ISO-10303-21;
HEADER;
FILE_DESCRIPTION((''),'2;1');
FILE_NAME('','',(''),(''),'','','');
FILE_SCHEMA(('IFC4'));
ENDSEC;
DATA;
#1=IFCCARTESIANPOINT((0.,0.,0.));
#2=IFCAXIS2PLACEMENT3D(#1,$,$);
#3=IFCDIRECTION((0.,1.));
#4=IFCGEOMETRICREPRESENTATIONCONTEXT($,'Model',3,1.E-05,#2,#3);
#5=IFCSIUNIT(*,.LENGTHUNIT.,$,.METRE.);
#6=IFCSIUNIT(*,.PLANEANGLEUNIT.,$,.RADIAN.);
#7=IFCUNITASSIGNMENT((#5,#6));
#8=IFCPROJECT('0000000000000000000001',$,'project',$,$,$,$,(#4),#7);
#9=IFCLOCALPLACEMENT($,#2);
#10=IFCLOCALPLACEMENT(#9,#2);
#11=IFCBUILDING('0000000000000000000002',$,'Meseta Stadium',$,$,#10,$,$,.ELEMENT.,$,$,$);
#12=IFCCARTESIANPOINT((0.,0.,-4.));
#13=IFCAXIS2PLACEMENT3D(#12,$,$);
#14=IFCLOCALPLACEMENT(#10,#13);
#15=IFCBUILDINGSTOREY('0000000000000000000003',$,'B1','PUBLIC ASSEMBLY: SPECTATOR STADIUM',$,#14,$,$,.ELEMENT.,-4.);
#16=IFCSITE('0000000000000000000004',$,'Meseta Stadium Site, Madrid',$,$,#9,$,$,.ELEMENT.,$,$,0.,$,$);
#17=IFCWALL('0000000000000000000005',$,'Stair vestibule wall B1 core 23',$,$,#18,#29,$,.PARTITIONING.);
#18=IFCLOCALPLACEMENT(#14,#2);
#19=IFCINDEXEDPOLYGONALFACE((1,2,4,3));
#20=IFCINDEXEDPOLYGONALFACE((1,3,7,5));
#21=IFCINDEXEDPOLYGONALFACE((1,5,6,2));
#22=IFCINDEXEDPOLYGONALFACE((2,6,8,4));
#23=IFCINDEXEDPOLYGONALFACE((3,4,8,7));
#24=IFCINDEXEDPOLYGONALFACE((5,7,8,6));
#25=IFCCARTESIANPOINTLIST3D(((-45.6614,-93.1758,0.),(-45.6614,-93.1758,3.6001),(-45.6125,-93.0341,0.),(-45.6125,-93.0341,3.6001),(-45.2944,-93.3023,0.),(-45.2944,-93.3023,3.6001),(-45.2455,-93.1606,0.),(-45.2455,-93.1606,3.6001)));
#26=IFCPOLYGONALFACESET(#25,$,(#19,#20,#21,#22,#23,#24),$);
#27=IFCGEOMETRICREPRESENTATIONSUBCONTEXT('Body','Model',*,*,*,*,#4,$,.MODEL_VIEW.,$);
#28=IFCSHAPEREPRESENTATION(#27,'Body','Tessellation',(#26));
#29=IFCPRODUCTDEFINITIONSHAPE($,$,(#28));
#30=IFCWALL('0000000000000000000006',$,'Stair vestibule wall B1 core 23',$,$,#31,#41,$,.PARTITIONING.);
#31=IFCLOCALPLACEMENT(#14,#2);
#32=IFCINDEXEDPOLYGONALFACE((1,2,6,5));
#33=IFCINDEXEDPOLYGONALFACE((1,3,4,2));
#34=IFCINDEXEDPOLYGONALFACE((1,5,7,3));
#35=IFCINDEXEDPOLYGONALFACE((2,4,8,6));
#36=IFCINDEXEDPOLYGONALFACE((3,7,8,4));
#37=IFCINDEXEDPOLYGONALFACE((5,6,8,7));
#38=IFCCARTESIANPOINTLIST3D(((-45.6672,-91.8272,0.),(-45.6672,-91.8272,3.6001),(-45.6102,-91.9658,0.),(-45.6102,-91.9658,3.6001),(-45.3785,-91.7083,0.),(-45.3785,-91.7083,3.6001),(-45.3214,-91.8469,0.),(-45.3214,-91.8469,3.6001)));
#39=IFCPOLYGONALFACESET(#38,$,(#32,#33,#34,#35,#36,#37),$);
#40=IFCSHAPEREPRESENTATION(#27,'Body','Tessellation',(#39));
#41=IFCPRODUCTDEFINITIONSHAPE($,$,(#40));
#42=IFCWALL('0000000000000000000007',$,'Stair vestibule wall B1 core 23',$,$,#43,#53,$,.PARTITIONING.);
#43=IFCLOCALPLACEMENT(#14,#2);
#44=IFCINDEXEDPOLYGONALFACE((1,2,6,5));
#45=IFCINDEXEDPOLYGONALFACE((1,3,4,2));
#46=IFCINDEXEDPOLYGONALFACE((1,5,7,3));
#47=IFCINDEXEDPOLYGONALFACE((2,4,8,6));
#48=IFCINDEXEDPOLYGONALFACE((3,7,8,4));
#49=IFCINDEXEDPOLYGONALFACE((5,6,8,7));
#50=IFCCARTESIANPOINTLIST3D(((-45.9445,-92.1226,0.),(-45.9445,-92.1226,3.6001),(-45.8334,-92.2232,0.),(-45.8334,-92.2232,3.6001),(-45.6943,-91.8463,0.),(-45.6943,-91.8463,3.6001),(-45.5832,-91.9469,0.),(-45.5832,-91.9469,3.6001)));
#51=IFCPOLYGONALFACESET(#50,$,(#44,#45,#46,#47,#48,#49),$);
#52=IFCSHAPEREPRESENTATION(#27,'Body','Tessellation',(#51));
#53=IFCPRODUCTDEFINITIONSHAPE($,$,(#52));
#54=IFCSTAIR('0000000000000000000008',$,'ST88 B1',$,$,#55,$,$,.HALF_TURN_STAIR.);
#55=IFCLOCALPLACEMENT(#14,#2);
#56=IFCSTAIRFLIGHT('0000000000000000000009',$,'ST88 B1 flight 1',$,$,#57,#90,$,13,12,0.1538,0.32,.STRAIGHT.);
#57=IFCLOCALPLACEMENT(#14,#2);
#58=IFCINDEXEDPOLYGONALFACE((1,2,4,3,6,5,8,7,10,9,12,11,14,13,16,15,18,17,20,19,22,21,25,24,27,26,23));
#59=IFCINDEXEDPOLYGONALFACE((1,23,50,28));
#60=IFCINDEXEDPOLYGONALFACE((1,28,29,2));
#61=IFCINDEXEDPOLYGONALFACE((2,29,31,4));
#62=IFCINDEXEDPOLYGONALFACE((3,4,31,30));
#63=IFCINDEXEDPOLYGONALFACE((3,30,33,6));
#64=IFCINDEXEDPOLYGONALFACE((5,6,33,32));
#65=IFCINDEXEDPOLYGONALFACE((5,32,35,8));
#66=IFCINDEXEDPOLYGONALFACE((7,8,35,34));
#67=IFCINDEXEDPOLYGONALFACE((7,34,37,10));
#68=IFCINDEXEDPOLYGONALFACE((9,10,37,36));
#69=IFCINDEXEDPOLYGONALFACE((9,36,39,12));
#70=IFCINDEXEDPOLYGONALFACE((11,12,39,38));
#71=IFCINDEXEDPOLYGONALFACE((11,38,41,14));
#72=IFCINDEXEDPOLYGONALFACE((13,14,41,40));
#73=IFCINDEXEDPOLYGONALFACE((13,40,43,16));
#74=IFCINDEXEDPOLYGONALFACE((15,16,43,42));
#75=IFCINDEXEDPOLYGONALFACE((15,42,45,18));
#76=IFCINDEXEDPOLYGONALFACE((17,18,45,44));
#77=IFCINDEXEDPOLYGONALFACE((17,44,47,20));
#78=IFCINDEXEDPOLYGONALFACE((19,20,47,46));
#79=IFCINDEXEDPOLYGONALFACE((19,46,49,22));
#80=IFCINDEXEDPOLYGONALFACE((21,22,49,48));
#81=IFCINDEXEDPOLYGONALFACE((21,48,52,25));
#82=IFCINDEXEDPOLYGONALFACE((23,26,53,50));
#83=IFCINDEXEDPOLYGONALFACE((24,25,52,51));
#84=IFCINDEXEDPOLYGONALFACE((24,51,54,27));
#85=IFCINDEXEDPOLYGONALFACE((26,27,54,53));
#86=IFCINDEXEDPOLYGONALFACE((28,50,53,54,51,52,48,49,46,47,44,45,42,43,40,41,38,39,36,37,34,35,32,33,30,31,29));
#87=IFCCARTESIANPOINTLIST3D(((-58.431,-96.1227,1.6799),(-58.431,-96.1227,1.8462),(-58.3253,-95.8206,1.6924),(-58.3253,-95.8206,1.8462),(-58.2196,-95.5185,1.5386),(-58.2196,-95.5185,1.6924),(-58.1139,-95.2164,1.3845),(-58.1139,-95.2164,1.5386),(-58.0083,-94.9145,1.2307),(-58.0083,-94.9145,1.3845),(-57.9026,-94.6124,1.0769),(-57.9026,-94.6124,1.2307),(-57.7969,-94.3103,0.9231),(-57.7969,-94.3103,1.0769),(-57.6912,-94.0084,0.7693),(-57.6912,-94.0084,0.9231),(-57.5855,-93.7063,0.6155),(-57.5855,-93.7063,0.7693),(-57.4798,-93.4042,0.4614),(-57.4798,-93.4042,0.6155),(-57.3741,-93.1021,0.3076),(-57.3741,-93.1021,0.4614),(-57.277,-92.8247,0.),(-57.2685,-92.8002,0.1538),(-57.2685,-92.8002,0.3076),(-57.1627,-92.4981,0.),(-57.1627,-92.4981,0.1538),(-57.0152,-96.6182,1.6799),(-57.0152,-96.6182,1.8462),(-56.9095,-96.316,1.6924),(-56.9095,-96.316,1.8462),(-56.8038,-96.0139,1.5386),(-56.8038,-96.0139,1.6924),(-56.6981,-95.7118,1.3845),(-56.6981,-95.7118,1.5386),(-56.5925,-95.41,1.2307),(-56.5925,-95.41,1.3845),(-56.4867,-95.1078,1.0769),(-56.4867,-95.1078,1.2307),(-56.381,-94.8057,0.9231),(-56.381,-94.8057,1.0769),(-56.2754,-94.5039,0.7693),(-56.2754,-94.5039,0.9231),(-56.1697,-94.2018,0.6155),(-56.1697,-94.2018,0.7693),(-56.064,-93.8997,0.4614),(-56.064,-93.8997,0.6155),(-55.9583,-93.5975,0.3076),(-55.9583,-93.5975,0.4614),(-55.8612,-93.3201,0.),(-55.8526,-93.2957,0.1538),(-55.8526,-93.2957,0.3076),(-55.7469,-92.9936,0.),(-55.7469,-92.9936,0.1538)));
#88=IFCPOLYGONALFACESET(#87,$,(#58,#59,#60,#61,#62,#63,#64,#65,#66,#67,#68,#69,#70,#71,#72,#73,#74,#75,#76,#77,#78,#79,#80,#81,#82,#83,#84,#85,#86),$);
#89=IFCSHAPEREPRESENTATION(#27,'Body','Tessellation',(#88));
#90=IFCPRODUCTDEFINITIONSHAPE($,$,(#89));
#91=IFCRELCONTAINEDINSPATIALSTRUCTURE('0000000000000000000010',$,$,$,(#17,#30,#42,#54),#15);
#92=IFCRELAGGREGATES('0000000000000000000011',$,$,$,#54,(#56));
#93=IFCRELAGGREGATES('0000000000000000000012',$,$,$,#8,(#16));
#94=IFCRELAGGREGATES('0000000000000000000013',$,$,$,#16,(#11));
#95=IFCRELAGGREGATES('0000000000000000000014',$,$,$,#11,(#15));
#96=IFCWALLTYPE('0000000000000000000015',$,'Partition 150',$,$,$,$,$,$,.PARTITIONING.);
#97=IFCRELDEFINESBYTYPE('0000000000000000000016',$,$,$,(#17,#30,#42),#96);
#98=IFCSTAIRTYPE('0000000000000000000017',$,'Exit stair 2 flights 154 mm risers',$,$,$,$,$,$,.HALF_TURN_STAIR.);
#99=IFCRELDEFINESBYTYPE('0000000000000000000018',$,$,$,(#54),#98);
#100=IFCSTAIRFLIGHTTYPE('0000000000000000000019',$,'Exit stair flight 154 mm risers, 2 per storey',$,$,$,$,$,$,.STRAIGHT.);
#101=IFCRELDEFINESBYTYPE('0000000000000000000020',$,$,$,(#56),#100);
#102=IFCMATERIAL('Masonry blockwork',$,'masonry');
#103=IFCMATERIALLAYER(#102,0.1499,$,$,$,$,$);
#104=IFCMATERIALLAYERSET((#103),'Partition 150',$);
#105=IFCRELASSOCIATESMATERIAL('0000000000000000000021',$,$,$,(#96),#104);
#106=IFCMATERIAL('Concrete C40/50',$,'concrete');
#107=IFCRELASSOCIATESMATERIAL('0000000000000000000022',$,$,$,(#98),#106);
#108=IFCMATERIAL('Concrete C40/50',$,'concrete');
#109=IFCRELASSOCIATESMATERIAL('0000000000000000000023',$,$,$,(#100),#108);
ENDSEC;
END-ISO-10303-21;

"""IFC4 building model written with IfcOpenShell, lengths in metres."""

from ifc_helpers import new_model, si_unit, direction, frame, frame_2d, origin, place, context, subcontext, project, spatial, polyline, rectangle, outline, extrude, material, layer, layer_set, type_object, element, aggregate, save


model = new_model("IFC4")

# Units and contexts
model_context = context("Model", 3, precision=1e-05, world=origin(), true_north=direction((0.0, 1.0)))
body_context = subcontext(model_context, "Body", "Model", "MODEL_VIEW")
ifc_project = project(units=[si_unit("LENGTHUNIT", "METRE"), si_unit("PLANEANGLEUNIT", "RADIAN")], contexts=[model_context])

# Site, building, storey
site_placement = place(None, origin())
site = spatial("IfcSite", under=ifc_project, at=site_placement, Name="Meseta Stadium Site, Madrid", CompositionType="ELEMENT", RefElevation=0.0)
building_placement = place(site_placement, origin())
building = spatial("IfcBuilding", under=site, at=building_placement, Name="Meseta Stadium", CompositionType="ELEMENT")
storey_placement = place(building_placement, frame((0.0, 0.0, -4.0)))
storey = spatial("IfcBuildingStorey", under=building, at=storey_placement, Name="B1", Description="PUBLIC ASSEMBLY: SPECTATOR STADIUM", CompositionType="ELEMENT", Elevation=-4.0)

# Walls
ifc_material_1 = material(Name="Masonry blockwork", Category="masonry")
ifc_layer_1 = layer(ifc_material_1, 0.1499)
ifc_layer_set_1 = layer_set([ifc_layer_1], Name="Partition 150")
wall_type_1 = type_object("IfcWallType", Name="Partition 150", PredefinedType="PARTITIONING", material=ifc_layer_set_1)
wall_1_placement = place(storey_placement, frame((-45.637, -93.105, 0.0), z_axis=(0.0, 0.0, 1.0), x_axis=(0.945426, -0.325836, 0.0)))
element("IfcWall", 1, at=wall_1_placement, inside=storey, type_object=wall_type_1, Name="Stair vestibule wall B1 core 23", PredefinedType="PARTITIONING", context=body_context, shape_type="SweptSolid", body=[
    extrude(rectangle(XDim=0.3882, YDim=0.1499, at=frame_2d((0.1941, 0.0))), origin(), (0.0, 0.0, 1.0), 3.6001),
])
wall_2_placement = place(storey_placement, frame((-45.3499, -91.7776, 0.0), z_axis=(0.0, 0.0, 1.0), x_axis=(-0.92471, -0.380671, 0.0)))
element("IfcWall", 2, at=wall_2_placement, inside=storey, type_object=wall_type_1, Name="Stair vestibule wall B1 core 23", PredefinedType="PARTITIONING", context=body_context, shape_type="SweptSolid", body=[
    extrude(rectangle(XDim=0.3123, YDim=0.1499, at=frame_2d((0.1562, 0.0))), origin(), (0.0, 0.0, 1.0), 3.6001),
])
wall_3_placement = place(storey_placement, frame((-45.6387, -91.8965, 0.0), z_axis=(0.0, 0.0, 1.0), x_axis=(-0.671205, -0.741272, 0.0)))
element("IfcWall", 3, at=wall_3_placement, inside=storey, type_object=wall_type_1, Name="Stair vestibule wall B1 core 23", PredefinedType="PARTITIONING", context=body_context, shape_type="SweptSolid", body=[
    extrude(rectangle(XDim=0.3728, YDim=0.1499, at=frame_2d((0.1865, 0.0))), origin(), (0.0, 0.0, 1.0), 3.6001),
])

# Stair, stair flight
ifc_material_2 = material(Name="Concrete C40/50", Category="concrete")
stair_type = type_object("IfcStairType", Name="Exit stair 2 flights 154 mm risers", PredefinedType="HALF_TURN_STAIR", material=ifc_material_2)
stair_placement = place(storey_placement, origin())
stair = element("IfcStair", 4, at=stair_placement, inside=storey, type_object=stair_type, Name="ST88 B1", PredefinedType="HALF_TURN_STAIR")
ifc_material_3 = material(Name="Concrete C40/50", Category="concrete")
stair_flight_type = type_object("IfcStairFlightType", Name="Exit stair flight 154 mm risers, 2 per storey", PredefinedType="STRAIGHT", material=ifc_material_3)
stair_flight_placement = place(storey_placement, frame((-56.4548, -92.7458, 0.0), z_axis=(0.0, 0.0, 1.0), x_axis=(-0.330279, -0.943883, 0.0)))
stair_flight = element("IfcStairFlight", 5, at=stair_flight_placement, type_object=stair_flight_type, Name="ST88 B1 flight 1", NumberOfRisers=13, NumberOfTreads=12, PredefinedType="STRAIGHT", RiserHeight=0.1538, TreadLength=0.32, context=body_context, shape_type="SweptSolid", body=[
    extrude(outline(polyline([(0.0, 0.0), (0.0, 0.1538), (0.3201, 0.1538), (0.3201, 0.3076), (0.6399, 0.3076), (0.6399, 0.4614), (0.96, 0.4614), (0.96, 0.6155), (1.28, 0.6155), (1.28, 0.7693), (1.6001, 0.7693), (1.6001, 0.9231), (1.9199, 0.9231), (1.9199, 1.0769), (2.24, 1.0769), (2.24, 1.2307), (2.5601, 1.2307), (2.5601, 1.3845), (2.8799, 1.3845), (2.8799, 1.5386), (3.2, 1.5386), (3.2, 1.6924), (3.52, 1.6924), (3.52, 1.8462), (3.8401, 1.8462), (3.8401, 1.6799), (0.3459, 0.0), (0.0, 0.0)])), frame((0.0, 0.75, 0.0), z_axis=(0.0, -1.0, 0.0), x_axis=(1.0, 0.0, 0.0)), (0.0, 0.0, 1.0), 1.5),
])
aggregate(stair, [stair_flight])

save(model, "model.ifc")
